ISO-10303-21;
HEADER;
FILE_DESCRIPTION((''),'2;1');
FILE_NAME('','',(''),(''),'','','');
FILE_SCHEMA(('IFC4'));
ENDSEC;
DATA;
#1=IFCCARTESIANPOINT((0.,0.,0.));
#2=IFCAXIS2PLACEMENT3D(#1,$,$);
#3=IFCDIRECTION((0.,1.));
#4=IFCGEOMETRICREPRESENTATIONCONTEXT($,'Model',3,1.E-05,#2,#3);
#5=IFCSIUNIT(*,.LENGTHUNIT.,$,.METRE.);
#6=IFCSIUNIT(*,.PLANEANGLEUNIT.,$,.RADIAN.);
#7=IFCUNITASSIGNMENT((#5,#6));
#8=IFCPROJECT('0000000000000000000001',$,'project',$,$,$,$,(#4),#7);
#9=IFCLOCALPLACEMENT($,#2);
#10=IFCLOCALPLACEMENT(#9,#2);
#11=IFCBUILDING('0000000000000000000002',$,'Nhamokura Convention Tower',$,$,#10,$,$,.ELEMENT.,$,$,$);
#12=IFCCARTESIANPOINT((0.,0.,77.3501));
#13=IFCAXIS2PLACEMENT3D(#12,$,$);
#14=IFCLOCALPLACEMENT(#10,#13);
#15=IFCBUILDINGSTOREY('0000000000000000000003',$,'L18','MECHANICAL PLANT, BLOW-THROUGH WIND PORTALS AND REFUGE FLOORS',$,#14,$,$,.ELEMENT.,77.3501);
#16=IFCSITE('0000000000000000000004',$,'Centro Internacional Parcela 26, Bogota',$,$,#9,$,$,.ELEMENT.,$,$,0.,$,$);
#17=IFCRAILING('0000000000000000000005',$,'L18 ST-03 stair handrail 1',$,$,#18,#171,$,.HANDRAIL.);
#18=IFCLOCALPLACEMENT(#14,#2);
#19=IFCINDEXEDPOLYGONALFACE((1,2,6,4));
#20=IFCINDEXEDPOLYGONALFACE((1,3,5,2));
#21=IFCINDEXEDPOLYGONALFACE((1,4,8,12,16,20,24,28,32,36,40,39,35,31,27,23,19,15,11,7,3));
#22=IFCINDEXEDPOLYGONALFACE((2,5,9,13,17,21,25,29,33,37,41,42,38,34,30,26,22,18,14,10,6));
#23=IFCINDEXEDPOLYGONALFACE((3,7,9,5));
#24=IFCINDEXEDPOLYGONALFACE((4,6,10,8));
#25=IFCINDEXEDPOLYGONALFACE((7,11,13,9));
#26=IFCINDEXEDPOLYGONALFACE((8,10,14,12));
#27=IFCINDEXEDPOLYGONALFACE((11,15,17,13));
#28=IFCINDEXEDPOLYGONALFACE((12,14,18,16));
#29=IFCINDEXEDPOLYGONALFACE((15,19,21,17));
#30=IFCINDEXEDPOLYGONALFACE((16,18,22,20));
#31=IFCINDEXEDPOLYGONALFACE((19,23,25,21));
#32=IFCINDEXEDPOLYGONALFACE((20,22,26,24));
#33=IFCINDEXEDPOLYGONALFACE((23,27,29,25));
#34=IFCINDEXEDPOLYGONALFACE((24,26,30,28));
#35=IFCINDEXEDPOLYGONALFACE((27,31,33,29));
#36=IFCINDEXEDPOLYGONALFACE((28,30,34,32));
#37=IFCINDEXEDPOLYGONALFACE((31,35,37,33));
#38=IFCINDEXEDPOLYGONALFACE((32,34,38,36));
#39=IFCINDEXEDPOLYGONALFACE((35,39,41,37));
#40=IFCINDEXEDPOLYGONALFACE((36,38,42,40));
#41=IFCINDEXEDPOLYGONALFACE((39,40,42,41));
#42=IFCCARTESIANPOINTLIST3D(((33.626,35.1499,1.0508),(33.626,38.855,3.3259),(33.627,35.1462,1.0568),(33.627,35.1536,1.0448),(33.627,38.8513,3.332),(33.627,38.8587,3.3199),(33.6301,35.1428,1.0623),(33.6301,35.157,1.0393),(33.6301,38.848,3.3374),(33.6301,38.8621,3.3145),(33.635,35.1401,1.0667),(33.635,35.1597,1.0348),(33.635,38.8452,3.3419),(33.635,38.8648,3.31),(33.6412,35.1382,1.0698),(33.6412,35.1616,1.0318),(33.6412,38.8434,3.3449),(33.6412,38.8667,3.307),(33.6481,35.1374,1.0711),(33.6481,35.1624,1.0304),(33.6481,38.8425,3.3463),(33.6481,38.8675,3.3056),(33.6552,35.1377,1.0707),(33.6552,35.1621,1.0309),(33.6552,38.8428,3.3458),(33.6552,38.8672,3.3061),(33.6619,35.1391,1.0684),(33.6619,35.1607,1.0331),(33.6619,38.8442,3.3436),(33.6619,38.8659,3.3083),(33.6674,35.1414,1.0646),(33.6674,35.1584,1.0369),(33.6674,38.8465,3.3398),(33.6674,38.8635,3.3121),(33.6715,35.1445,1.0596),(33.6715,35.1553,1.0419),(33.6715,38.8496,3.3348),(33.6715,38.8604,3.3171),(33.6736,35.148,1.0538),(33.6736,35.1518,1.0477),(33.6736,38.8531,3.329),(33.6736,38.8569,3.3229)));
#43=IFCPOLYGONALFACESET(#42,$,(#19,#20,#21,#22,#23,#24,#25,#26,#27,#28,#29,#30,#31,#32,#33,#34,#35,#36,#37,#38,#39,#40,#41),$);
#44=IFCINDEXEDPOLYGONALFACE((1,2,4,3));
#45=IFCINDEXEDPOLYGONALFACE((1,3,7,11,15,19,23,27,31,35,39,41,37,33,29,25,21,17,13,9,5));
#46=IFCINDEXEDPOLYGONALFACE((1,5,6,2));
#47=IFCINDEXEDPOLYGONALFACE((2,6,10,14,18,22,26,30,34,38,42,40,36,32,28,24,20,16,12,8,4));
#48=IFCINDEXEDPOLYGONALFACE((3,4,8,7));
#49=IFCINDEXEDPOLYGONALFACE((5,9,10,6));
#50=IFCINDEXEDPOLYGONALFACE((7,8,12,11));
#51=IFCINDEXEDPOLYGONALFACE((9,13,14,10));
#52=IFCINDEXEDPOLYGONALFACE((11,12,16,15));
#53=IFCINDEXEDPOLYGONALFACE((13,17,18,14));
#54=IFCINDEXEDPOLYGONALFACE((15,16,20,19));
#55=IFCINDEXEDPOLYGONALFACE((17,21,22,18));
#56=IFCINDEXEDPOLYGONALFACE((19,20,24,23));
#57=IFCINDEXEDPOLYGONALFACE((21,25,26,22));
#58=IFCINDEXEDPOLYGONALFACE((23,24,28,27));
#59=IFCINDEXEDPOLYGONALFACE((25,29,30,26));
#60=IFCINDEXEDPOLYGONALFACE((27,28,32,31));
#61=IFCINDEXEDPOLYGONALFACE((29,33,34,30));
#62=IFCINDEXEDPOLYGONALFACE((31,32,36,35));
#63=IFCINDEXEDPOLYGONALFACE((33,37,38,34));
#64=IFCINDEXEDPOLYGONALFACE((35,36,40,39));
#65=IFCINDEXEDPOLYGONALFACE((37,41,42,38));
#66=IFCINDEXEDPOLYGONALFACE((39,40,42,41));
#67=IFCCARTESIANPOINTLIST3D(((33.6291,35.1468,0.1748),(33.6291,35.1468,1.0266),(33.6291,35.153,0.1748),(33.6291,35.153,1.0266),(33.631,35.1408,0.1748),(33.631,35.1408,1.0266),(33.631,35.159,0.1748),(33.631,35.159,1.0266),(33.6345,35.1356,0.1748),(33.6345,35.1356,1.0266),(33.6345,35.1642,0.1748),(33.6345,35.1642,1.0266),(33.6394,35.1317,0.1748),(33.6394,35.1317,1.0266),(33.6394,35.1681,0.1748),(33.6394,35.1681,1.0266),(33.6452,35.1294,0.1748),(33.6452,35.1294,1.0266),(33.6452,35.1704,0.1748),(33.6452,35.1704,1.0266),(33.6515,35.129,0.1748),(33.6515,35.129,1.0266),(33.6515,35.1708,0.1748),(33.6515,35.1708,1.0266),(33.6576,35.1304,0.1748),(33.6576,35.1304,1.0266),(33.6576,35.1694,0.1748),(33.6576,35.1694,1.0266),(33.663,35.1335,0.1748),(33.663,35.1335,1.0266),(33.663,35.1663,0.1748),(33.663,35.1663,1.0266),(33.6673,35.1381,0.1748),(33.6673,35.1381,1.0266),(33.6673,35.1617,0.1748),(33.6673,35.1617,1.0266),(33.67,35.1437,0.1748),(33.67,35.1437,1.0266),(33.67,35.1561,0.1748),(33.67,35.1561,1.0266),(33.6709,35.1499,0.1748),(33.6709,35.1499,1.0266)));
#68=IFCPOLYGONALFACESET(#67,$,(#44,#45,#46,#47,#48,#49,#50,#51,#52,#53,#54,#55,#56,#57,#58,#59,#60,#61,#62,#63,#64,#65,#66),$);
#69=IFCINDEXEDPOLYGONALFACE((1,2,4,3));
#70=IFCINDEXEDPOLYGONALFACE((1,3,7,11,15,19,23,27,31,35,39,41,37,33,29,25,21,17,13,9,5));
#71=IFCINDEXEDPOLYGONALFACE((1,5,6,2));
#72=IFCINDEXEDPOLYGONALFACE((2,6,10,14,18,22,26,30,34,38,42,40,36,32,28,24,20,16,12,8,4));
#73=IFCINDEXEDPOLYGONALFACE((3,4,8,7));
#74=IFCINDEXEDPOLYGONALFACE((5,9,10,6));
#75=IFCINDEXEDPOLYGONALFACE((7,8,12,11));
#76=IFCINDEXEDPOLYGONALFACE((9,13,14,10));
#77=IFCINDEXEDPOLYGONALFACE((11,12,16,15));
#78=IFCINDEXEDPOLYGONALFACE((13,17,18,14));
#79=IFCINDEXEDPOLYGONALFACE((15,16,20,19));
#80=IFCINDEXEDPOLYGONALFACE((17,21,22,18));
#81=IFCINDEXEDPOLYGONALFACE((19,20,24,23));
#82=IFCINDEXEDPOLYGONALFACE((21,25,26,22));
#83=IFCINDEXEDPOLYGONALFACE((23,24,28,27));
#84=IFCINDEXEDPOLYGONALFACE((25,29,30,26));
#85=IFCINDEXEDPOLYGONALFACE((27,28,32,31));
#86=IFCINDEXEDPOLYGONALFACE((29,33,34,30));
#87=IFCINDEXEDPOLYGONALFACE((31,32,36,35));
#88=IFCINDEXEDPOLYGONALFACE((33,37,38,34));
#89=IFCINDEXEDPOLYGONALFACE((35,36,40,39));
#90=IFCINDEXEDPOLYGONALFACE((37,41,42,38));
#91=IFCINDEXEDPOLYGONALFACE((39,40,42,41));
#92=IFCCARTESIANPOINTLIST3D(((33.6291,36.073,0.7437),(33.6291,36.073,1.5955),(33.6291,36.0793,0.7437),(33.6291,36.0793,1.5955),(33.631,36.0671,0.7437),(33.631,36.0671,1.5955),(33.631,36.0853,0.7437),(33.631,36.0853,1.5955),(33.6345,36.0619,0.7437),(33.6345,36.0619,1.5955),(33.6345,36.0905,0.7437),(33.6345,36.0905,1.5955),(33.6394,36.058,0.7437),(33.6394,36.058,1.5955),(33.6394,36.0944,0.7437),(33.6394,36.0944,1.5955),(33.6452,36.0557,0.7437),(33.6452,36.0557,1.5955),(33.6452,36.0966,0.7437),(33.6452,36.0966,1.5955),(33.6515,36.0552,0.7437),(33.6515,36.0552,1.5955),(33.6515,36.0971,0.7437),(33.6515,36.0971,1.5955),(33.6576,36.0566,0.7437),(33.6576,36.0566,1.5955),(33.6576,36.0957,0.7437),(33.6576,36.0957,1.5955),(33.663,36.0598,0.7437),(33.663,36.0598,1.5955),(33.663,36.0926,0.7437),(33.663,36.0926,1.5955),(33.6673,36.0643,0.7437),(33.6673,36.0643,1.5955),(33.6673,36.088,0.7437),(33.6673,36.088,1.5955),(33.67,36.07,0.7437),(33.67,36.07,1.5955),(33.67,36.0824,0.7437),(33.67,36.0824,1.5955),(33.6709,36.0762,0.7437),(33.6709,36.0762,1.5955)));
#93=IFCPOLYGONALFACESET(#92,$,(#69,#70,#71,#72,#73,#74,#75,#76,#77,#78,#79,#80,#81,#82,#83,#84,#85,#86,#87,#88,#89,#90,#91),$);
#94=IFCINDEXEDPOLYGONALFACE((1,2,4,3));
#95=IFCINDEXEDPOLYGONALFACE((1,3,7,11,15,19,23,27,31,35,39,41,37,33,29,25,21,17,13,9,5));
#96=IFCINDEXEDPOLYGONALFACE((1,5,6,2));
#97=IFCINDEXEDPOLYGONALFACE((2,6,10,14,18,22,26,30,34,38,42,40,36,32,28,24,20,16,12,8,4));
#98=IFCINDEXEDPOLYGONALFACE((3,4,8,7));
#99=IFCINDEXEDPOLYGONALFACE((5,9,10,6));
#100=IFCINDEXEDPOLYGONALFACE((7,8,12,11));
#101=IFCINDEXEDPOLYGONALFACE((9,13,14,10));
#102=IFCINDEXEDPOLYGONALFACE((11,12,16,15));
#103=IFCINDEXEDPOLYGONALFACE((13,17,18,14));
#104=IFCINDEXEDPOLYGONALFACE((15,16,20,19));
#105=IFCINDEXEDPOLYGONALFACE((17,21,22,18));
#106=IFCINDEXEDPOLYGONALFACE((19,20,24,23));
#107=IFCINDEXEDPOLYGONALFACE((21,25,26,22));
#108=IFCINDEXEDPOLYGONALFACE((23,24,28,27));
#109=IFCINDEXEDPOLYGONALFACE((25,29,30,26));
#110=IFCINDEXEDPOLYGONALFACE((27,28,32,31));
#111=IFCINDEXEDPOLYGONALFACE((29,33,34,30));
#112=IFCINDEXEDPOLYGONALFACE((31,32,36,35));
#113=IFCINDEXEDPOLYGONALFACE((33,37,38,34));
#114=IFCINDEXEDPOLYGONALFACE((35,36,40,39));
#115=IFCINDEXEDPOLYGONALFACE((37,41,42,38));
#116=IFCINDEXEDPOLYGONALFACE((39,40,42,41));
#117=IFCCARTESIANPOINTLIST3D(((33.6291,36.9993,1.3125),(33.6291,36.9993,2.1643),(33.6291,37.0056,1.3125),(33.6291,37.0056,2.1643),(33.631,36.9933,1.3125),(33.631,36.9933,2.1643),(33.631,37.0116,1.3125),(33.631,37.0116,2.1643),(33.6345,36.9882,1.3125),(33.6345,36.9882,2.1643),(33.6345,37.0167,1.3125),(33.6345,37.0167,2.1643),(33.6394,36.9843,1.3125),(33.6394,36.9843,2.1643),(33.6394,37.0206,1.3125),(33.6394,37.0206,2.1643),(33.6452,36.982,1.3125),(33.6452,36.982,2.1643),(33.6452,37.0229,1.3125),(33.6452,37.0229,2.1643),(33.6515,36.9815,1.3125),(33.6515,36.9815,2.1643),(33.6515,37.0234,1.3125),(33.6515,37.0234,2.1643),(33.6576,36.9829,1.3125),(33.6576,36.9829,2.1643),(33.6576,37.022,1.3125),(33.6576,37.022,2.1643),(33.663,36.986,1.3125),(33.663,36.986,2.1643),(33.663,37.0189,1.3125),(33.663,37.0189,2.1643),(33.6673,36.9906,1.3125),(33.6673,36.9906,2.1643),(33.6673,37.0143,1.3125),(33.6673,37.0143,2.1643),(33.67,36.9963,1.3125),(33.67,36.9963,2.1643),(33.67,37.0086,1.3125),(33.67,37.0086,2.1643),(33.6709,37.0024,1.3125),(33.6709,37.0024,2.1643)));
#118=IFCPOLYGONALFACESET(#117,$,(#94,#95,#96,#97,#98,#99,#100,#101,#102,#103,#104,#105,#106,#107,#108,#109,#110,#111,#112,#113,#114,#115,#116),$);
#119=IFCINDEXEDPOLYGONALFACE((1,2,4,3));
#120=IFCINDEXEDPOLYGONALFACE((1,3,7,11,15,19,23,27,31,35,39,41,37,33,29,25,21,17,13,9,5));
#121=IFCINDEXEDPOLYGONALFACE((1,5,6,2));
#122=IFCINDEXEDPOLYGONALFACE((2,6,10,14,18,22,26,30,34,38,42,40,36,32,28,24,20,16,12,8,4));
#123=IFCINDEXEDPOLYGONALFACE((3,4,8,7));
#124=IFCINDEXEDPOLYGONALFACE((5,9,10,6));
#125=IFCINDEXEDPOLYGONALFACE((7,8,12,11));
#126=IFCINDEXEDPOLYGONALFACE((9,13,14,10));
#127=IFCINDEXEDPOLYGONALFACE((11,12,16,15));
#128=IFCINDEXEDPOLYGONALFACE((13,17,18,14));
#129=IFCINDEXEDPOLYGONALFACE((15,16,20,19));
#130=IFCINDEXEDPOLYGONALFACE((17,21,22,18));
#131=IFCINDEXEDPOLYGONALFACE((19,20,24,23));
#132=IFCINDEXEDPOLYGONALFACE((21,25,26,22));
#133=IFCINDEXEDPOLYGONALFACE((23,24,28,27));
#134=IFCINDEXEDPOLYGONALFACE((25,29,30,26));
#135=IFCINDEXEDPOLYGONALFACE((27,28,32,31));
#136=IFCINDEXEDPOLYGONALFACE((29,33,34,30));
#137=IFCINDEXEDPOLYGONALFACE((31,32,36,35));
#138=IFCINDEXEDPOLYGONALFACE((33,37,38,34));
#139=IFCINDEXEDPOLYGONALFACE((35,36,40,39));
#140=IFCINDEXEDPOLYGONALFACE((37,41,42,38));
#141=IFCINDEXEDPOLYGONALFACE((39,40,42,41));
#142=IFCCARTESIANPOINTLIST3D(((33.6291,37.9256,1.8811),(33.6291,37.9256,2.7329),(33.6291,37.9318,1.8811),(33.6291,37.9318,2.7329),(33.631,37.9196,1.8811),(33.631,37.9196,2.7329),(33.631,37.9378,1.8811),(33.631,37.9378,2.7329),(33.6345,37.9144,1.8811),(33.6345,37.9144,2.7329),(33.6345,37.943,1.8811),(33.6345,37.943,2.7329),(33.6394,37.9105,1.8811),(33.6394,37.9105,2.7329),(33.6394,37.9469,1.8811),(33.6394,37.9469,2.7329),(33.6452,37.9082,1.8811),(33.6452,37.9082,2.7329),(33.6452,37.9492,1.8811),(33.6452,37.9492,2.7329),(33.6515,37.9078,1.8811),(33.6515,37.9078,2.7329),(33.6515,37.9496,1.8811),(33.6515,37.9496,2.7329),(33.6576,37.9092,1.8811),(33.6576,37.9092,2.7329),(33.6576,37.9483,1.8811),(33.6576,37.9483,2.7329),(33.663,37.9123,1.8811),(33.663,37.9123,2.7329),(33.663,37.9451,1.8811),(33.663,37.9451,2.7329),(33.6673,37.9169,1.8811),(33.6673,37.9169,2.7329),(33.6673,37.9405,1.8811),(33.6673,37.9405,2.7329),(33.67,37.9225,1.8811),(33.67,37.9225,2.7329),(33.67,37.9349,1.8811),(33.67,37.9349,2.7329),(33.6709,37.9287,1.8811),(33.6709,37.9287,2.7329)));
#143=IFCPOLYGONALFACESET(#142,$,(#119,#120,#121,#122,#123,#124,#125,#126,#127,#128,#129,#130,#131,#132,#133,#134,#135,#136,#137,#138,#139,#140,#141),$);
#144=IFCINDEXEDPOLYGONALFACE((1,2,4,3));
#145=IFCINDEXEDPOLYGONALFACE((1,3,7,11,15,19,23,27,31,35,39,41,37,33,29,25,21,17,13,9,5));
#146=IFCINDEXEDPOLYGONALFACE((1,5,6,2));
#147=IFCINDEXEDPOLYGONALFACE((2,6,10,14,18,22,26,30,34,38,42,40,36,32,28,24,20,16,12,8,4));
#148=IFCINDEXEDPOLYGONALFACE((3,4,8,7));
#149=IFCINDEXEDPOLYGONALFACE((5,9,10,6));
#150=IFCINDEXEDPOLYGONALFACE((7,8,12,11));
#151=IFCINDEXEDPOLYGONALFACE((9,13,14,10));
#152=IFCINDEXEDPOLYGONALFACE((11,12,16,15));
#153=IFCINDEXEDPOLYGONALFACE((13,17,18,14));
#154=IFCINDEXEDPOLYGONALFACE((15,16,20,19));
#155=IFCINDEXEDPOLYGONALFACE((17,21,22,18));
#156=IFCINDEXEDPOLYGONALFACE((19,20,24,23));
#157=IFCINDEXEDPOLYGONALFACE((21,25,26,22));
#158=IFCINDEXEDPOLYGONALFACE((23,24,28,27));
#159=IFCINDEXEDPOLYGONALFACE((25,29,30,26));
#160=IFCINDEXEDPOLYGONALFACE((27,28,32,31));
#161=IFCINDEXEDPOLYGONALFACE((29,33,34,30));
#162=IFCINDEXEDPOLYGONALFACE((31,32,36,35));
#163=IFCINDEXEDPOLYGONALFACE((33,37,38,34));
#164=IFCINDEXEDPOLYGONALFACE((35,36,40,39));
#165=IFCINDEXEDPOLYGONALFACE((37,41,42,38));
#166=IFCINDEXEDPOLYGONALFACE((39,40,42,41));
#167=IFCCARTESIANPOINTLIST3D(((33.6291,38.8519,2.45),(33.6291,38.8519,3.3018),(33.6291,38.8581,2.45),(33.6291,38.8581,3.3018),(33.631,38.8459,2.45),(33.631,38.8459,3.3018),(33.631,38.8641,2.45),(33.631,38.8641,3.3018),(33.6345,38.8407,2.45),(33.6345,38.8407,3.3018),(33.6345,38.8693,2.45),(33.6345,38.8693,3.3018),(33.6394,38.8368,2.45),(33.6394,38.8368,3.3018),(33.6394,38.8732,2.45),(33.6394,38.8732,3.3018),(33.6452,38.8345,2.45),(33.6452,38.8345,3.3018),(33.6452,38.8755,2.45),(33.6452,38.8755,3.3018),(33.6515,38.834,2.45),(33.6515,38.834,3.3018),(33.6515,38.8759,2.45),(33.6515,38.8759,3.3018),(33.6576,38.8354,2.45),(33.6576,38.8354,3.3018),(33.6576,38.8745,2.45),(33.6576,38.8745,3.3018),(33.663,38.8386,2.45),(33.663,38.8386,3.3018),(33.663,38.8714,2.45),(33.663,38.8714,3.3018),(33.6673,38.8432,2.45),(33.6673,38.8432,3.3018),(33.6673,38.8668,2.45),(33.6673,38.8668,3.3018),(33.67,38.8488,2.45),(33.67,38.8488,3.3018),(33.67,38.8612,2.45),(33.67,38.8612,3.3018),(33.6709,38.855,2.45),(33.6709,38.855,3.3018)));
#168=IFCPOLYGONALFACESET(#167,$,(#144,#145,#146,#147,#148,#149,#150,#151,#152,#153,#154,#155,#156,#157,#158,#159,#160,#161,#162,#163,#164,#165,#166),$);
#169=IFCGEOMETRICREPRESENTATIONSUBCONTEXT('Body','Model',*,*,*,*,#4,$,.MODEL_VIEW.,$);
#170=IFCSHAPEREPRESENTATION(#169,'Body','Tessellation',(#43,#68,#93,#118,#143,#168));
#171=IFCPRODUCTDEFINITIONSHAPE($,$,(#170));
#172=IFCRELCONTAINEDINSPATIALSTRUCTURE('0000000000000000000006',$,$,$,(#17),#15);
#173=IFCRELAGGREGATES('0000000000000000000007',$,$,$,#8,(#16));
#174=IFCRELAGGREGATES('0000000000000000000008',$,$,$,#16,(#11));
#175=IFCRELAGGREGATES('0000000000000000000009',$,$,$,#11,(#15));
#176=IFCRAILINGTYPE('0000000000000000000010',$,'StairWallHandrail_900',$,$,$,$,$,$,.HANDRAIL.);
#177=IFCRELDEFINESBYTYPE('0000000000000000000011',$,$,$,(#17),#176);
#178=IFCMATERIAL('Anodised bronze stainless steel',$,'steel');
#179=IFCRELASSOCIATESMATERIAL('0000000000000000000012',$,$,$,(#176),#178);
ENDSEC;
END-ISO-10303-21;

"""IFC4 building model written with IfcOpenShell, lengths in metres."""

from ifc_helpers import new_model, si_unit, direction, frame, origin, origin_2d, place, context, subcontext, project, spatial, circle, extrude, material, type_object, element, save


model = new_model("IFC4")

# Units and contexts
model_context = context("Model", 3, precision=1e-05, world=origin(), true_north=direction((0.0, 1.0)))
body_context = subcontext(model_context, "Body", "Model", "MODEL_VIEW")
ifc_project = project(units=[si_unit("LENGTHUNIT", "METRE"), si_unit("PLANEANGLEUNIT", "RADIAN")], contexts=[model_context])

# Site, building, storey
site_placement = place(None, origin())
site = spatial("IfcSite", under=ifc_project, at=site_placement, Name="Centro Internacional Parcela 26, Bogota", CompositionType="ELEMENT", RefElevation=0.0)
building_placement = place(site_placement, origin())
building = spatial("IfcBuilding", under=site, at=building_placement, Name="Nhamokura Convention Tower", CompositionType="ELEMENT")
storey_placement = place(building_placement, frame((0.0, 0.0, 77.3501)))
storey = spatial("IfcBuildingStorey", under=building, at=storey_placement, Name="L18", Description="MECHANICAL PLANT, BLOW-THROUGH WIND PORTALS AND REFUGE FLOORS", CompositionType="ELEMENT", Elevation=77.3501)

# Railing
ifc_material_1 = material(Name="Anodised bronze stainless steel", Category="steel")
railing_type_1 = type_object("IfcRailingType", Name="StairWallHandrail_900", PredefinedType="HANDRAIL", material=ifc_material_1)
railing_1_placement = place(storey_placement, frame((33.6499, 35.1499, 0.1748)))
element("IfcRailing", 1, at=railing_1_placement, inside=storey, type_object=railing_type_1, Name="L18 ST-03 stair handrail 1", PredefinedType="HANDRAIL", context=body_context, shape_type="SweptSolid", body=[
    extrude(circle(Radius=0.0239, at=origin_2d()), frame((0.0, 0.0, 0.876), z_axis=(0.0, 0.852161, 0.523279), x_axis=(-1.0, 0.0, 0.0)), (0.0, 0.0, 1.0), 4.3479),
    extrude(circle(Radius=0.021, at=origin_2d()), origin(), (0.0, 0.0, 1.0), 0.8518),
    extrude(circle(Radius=0.021, at=origin_2d()), frame((0.0, 0.9263, 0.5688)), (0.0, 0.0, 1.0), 0.8518),
    extrude(circle(Radius=0.021, at=origin_2d()), frame((0.0, 1.8525, 1.1377)), (0.0, 0.0, 1.0), 0.8518),
    extrude(circle(Radius=0.021, at=origin_2d()), frame((0.0, 2.7788, 1.7063)), (0.0, 0.0, 1.0), 0.8518),
    extrude(circle(Radius=0.021, at=origin_2d()), frame((0.0, 3.7051, 2.2751)), (0.0, 0.0, 1.0), 0.8518),
])

save(model, "model.ifc")
